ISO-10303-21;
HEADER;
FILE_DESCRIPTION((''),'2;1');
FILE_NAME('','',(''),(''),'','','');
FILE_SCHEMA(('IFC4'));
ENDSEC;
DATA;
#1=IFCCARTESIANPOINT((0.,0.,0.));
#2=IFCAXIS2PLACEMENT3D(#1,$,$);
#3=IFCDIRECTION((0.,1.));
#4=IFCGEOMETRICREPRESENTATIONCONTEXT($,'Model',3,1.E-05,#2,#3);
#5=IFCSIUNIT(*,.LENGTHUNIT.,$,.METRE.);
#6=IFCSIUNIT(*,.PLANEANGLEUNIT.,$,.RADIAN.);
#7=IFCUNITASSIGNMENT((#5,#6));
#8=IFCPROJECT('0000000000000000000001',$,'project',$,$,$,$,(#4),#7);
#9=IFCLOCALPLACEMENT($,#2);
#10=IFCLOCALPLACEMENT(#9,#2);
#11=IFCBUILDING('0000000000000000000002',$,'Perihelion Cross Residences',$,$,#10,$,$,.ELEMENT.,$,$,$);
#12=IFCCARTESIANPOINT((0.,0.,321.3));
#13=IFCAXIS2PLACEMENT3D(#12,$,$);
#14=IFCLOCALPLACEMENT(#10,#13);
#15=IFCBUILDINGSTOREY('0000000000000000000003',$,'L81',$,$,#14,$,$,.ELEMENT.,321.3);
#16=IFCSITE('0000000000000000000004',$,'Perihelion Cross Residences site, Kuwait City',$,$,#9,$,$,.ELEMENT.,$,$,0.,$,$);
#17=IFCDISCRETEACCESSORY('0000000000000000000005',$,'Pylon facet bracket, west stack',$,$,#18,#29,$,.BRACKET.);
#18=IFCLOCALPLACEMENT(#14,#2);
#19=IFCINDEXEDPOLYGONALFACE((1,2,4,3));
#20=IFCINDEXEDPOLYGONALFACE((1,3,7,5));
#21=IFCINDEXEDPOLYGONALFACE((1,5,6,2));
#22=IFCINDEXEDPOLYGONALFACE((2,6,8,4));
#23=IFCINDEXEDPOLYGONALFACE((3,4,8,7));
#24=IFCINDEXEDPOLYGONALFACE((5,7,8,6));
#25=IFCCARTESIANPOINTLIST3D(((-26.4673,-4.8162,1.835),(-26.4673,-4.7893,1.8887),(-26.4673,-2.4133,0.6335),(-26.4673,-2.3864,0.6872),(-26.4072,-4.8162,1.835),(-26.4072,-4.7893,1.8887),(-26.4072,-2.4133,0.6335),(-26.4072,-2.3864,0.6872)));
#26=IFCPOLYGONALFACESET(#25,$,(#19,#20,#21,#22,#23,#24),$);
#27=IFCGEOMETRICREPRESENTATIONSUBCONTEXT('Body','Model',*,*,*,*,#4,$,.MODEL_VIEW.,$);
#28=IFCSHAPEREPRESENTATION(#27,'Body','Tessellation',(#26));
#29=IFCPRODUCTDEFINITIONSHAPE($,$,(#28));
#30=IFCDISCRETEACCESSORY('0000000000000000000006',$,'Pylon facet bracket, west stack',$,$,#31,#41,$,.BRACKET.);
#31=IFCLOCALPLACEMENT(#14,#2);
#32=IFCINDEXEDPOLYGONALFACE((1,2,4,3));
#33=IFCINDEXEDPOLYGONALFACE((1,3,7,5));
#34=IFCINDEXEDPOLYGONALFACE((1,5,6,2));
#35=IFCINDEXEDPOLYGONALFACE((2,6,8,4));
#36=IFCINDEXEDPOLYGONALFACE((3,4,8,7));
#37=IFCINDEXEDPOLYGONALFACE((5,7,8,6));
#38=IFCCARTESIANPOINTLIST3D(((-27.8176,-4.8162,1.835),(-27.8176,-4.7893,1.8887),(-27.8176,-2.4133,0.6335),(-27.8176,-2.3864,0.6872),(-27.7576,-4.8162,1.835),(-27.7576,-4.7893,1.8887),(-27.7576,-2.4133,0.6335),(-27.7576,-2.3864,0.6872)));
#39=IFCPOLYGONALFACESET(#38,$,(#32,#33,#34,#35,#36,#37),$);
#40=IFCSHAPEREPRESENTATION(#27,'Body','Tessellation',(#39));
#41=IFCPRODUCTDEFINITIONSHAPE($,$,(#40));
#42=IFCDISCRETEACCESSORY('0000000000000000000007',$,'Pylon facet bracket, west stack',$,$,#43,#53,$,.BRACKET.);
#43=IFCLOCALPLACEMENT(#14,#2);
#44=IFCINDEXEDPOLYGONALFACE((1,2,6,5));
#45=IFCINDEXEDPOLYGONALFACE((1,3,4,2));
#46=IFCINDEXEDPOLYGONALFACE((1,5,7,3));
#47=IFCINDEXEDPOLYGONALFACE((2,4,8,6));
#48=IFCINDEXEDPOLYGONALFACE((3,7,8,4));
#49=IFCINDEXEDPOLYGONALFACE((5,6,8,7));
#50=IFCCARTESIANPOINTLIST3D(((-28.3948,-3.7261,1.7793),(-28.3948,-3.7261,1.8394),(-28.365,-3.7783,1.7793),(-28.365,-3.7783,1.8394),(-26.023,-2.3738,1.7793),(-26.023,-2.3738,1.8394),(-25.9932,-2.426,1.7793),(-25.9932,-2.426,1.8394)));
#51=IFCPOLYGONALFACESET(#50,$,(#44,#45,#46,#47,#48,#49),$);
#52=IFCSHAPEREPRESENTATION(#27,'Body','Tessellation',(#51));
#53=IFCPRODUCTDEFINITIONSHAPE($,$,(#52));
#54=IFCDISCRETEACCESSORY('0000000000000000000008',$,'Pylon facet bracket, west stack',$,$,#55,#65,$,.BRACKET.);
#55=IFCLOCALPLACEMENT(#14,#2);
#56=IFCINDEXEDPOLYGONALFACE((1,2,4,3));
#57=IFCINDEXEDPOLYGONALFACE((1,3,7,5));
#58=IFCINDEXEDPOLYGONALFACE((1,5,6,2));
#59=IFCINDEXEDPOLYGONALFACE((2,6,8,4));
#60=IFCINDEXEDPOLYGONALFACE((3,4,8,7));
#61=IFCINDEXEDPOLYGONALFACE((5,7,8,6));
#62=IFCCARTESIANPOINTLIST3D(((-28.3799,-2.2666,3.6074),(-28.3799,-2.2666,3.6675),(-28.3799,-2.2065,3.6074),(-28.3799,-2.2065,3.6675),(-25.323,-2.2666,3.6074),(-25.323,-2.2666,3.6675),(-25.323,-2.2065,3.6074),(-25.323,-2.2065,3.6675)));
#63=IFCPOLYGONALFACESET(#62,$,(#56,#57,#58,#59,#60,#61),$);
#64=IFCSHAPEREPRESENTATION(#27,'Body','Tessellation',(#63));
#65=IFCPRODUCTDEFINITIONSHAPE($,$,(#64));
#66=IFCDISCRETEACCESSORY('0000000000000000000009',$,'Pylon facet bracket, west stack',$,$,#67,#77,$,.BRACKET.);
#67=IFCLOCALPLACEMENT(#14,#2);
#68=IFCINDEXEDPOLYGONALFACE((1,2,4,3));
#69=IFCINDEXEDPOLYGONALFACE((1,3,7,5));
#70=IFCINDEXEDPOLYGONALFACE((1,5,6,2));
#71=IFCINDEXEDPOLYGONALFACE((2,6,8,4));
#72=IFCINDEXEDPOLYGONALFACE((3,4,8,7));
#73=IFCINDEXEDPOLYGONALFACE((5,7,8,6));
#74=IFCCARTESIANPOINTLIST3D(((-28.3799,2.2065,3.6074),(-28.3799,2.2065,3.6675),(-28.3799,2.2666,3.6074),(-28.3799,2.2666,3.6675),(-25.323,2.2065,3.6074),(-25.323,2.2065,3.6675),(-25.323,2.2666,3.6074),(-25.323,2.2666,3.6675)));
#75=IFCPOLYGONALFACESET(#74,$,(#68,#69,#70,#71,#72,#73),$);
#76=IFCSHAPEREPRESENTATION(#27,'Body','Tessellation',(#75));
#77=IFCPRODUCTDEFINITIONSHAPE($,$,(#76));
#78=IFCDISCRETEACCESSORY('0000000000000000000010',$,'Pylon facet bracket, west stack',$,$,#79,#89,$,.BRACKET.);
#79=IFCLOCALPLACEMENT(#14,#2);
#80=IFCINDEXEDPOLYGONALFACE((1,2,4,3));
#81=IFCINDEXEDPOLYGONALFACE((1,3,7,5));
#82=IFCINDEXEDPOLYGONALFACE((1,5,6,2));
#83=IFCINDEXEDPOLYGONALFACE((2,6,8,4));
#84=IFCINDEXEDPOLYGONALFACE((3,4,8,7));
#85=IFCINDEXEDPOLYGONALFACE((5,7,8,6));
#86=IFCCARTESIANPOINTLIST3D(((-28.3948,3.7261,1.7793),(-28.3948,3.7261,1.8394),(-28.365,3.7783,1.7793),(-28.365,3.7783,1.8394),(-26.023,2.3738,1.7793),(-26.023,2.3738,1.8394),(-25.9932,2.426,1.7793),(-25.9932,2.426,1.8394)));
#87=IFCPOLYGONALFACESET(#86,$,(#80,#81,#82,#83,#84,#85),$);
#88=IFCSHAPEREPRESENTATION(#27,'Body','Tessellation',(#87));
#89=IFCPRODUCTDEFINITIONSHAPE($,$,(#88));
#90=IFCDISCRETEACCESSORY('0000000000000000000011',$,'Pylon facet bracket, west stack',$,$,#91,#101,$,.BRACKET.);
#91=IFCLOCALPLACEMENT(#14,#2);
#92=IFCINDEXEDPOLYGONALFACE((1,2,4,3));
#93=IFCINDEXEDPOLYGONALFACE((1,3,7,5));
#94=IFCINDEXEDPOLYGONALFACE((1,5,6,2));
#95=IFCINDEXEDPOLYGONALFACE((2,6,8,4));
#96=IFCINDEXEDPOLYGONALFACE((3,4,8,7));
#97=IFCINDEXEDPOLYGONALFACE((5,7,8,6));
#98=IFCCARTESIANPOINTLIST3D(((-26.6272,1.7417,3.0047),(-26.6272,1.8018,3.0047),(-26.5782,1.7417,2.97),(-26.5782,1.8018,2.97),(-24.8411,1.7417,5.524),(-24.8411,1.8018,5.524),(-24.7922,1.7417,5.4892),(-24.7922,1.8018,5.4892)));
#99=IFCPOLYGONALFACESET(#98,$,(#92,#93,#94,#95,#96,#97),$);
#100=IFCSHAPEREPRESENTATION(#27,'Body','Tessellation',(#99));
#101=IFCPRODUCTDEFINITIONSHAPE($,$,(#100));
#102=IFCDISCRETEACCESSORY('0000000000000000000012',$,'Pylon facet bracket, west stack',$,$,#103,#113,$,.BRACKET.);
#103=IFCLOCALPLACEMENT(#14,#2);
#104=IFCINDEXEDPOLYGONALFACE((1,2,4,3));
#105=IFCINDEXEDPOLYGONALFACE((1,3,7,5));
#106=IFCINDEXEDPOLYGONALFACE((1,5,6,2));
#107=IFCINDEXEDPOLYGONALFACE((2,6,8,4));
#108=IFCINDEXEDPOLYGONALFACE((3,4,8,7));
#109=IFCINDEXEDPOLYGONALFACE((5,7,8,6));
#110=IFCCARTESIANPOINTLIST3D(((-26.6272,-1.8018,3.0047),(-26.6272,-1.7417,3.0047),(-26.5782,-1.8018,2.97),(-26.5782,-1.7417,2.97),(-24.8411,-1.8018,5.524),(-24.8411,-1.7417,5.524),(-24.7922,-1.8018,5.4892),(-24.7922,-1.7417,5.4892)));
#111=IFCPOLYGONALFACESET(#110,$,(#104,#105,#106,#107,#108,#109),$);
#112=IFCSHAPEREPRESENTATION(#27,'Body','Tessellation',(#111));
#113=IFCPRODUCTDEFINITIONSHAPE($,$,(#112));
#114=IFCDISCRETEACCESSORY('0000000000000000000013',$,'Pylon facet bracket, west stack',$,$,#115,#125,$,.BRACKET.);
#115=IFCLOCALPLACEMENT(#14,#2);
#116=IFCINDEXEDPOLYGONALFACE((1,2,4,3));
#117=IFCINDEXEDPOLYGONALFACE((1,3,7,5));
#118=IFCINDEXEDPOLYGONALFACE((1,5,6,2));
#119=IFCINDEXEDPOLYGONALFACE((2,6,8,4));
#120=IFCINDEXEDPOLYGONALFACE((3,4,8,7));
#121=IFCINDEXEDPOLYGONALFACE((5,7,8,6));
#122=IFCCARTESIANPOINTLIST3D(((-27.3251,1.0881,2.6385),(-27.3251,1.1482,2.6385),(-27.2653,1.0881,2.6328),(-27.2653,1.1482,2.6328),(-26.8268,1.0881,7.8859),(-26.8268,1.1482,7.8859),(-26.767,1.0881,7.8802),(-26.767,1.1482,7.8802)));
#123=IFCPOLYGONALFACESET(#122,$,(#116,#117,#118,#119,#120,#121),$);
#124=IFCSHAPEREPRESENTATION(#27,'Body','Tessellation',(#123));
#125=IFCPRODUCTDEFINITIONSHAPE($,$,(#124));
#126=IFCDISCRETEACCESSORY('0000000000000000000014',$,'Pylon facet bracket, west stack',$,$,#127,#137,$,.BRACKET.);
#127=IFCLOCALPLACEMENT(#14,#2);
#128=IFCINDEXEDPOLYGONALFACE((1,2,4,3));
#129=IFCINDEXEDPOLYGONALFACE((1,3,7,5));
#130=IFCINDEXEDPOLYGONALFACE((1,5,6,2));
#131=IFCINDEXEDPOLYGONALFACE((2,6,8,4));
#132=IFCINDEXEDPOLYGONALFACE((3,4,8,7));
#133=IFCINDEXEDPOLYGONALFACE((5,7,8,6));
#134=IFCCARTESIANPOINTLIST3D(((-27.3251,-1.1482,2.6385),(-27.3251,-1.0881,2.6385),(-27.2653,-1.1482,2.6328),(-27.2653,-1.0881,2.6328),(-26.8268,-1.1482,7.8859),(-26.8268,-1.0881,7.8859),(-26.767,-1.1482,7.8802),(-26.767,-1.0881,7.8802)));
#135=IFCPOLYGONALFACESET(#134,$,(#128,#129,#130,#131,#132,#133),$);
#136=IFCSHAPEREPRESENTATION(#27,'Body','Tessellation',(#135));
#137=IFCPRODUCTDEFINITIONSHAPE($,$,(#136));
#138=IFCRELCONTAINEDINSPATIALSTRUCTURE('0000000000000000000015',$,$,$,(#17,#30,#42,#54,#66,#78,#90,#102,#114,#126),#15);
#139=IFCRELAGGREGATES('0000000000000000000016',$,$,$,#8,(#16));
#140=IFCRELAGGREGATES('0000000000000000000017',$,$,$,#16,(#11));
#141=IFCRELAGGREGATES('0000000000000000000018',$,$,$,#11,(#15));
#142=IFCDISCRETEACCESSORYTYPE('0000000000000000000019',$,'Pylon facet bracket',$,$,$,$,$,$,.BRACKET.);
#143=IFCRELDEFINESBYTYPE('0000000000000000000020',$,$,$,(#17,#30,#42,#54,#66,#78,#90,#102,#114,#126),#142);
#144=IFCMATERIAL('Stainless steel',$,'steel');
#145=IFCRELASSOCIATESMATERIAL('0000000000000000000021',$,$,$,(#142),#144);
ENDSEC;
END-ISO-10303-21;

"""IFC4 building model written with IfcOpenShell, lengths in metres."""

from ifc_helpers import new_model, si_unit, direction, frame, origin, origin_2d, place, context, subcontext, project, spatial, rectangle, extrude, material, material_profile, profile_set, type_object, element, save


model = new_model("IFC4")

# Units and contexts
model_context = context("Model", 3, precision=1e-05, world=origin(), true_north=direction((0.0, 1.0)))
body_context = subcontext(model_context, "Body", "Model", "MODEL_VIEW")
ifc_project = project(units=[si_unit("LENGTHUNIT", "METRE"), si_unit("PLANEANGLEUNIT", "RADIAN")], contexts=[model_context])

# Site, building, storey
site_placement = place(None, origin())
site = spatial("IfcSite", under=ifc_project, at=site_placement, Name="Perihelion Cross Residences site, Kuwait City", CompositionType="ELEMENT", RefElevation=0.0)
building_placement = place(site_placement, origin())
building = spatial("IfcBuilding", under=site, at=building_placement, Name="Perihelion Cross Residences", CompositionType="ELEMENT")
storey_placement = place(building_placement, frame((0.0, 0.0, 321.3)))
storey = spatial("IfcBuildingStorey", under=building, at=storey_placement, Name="L81", CompositionType="ELEMENT", Elevation=321.3)

# Discrete accessories
ifc_material_1 = material(Name="Stainless steel", Category="steel")
ifc_material_profile_1 = material_profile(ifc_material_1, rectangle(XDim=0.0601, YDim=0.0601, at=origin_2d()), Name="Pylon facet bracket")
ifc_profile_set_1 = profile_set([ifc_material_profile_1], Name="Stainless steel")
discrete_accessory_type_1 = type_object("IfcDiscreteAccessoryType", Name="Pylon facet bracket", PredefinedType="BRACKET", material=ifc_profile_set_1)
for number, where, z_axis, x_axis, name in (
    (1, (-26.4373, -4.8027, 1.8618), (0.0, 0.894427, -0.447214), (-1.0, 0.0, 0.0), "Pylon facet bracket, west stack"),
    (2, (-27.7876, -4.8027, 1.8618), (0.0, 0.894427, -0.447214), (-1.0, 0.0, 0.0), "Pylon facet bracket, west stack"),
):
    element("IfcDiscreteAccessory", number, at=place(storey_placement, frame(where, z_axis=z_axis, x_axis=x_axis)), inside=storey, type_object=discrete_accessory_type_1, Name=name, PredefinedType="BRACKET", context=body_context, shape_type="SweptSolid", body=[
        extrude(rectangle(XDim=0.0601, YDim=0.0601, at=origin_2d()), origin(), (0.0, 0.0, 1.0), 2.6865),
    ])
discrete_accessory_1_placement = place(storey_placement, frame((-28.3799, -3.7522, 1.8093), z_axis=(0.868721, 0.495301, 0.0), x_axis=(-0.495301, 0.868721, 0.0)))
element("IfcDiscreteAccessory", 3, at=discrete_accessory_1_placement, inside=storey, type_object=discrete_accessory_type_1, Name="Pylon facet bracket, west stack", PredefinedType="BRACKET", context=body_context, shape_type="SweptSolid", body=[
    extrude(rectangle(XDim=0.0601, YDim=0.0601, at=origin_2d()), origin(), (0.0, 0.0, 1.0), 2.7302),
])
for number, where, z_axis, x_axis, name in (
    (4, (-28.3799, -2.2366, 3.6375), (1.0, 0.0, 0.0), (0.0, 1.0, 0.0), "Pylon facet bracket, west stack"),
    (5, (-28.3799, 2.2366, 3.6375), (1.0, 0.0, 0.0), (0.0, 1.0, 0.0), "Pylon facet bracket, west stack"),
):
    element("IfcDiscreteAccessory", number, at=place(storey_placement, frame(where, z_axis=z_axis, x_axis=x_axis)), inside=storey, type_object=discrete_accessory_type_1, Name=name, PredefinedType="BRACKET", context=body_context, shape_type="SweptSolid", body=[
        extrude(rectangle(XDim=0.0601, YDim=0.0601, at=origin_2d()), origin(), (0.0, 0.0, 1.0), 3.0569),
    ])
discrete_accessory_2_placement = place(storey_placement, frame((-28.3799, 3.7522, 1.8093), z_axis=(0.868721, -0.495301, 0.0), x_axis=(0.495301, 0.868721, 0.0)))
element("IfcDiscreteAccessory", 6, at=discrete_accessory_2_placement, inside=storey, type_object=discrete_accessory_type_1, Name="Pylon facet bracket, west stack", PredefinedType="BRACKET", context=body_context, shape_type="SweptSolid", body=[
    extrude(rectangle(XDim=0.0601, YDim=0.0601, at=origin_2d()), origin(), (0.0, 0.0, 1.0), 2.7302),
])
for number, where, z_axis, x_axis, name in (
    (7, (-24.8167, 1.7717, 5.5066), (-0.57837, 0.0, -0.815774), (0.0, -1.0, 0.0), "Pylon facet bracket, west stack"),
    (8, (-24.8167, -1.7717, 5.5066), (-0.57837, 0.0, -0.815774), (0.0, -1.0, 0.0), "Pylon facet bracket, west stack"),
):
    element("IfcDiscreteAccessory", number, at=place(storey_placement, frame(where, z_axis=z_axis, x_axis=x_axis)), inside=storey, type_object=discrete_accessory_type_1, Name=name, PredefinedType="BRACKET", context=body_context, shape_type="SweptSolid", body=[
        extrude(rectangle(XDim=0.0601, YDim=0.0601, at=origin_2d()), origin(), (0.0, 0.0, 1.0), 3.0881),
    ])
for number, where, z_axis, x_axis, name in (
    (9, (-26.7969, 1.1182, 7.8831), (-0.094536, 0.0, -0.995521), (0.0, -1.0, 0.0), "Pylon facet bracket, west stack"),
    (10, (-26.7969, -1.1182, 7.8831), (-0.094536, 0.0, -0.995521), (0.0, -1.0, 0.0), "Pylon facet bracket, west stack"),
):
    element("IfcDiscreteAccessory", number, at=place(storey_placement, frame(where, z_axis=z_axis, x_axis=x_axis)), inside=storey, type_object=discrete_accessory_type_1, Name=name, PredefinedType="BRACKET", context=body_context, shape_type="SweptSolid", body=[
        extrude(rectangle(XDim=0.0601, YDim=0.0601, at=origin_2d()), origin(), (0.0, 0.0, 1.0), 5.271),
    ])

save(model, "model.ifc")
